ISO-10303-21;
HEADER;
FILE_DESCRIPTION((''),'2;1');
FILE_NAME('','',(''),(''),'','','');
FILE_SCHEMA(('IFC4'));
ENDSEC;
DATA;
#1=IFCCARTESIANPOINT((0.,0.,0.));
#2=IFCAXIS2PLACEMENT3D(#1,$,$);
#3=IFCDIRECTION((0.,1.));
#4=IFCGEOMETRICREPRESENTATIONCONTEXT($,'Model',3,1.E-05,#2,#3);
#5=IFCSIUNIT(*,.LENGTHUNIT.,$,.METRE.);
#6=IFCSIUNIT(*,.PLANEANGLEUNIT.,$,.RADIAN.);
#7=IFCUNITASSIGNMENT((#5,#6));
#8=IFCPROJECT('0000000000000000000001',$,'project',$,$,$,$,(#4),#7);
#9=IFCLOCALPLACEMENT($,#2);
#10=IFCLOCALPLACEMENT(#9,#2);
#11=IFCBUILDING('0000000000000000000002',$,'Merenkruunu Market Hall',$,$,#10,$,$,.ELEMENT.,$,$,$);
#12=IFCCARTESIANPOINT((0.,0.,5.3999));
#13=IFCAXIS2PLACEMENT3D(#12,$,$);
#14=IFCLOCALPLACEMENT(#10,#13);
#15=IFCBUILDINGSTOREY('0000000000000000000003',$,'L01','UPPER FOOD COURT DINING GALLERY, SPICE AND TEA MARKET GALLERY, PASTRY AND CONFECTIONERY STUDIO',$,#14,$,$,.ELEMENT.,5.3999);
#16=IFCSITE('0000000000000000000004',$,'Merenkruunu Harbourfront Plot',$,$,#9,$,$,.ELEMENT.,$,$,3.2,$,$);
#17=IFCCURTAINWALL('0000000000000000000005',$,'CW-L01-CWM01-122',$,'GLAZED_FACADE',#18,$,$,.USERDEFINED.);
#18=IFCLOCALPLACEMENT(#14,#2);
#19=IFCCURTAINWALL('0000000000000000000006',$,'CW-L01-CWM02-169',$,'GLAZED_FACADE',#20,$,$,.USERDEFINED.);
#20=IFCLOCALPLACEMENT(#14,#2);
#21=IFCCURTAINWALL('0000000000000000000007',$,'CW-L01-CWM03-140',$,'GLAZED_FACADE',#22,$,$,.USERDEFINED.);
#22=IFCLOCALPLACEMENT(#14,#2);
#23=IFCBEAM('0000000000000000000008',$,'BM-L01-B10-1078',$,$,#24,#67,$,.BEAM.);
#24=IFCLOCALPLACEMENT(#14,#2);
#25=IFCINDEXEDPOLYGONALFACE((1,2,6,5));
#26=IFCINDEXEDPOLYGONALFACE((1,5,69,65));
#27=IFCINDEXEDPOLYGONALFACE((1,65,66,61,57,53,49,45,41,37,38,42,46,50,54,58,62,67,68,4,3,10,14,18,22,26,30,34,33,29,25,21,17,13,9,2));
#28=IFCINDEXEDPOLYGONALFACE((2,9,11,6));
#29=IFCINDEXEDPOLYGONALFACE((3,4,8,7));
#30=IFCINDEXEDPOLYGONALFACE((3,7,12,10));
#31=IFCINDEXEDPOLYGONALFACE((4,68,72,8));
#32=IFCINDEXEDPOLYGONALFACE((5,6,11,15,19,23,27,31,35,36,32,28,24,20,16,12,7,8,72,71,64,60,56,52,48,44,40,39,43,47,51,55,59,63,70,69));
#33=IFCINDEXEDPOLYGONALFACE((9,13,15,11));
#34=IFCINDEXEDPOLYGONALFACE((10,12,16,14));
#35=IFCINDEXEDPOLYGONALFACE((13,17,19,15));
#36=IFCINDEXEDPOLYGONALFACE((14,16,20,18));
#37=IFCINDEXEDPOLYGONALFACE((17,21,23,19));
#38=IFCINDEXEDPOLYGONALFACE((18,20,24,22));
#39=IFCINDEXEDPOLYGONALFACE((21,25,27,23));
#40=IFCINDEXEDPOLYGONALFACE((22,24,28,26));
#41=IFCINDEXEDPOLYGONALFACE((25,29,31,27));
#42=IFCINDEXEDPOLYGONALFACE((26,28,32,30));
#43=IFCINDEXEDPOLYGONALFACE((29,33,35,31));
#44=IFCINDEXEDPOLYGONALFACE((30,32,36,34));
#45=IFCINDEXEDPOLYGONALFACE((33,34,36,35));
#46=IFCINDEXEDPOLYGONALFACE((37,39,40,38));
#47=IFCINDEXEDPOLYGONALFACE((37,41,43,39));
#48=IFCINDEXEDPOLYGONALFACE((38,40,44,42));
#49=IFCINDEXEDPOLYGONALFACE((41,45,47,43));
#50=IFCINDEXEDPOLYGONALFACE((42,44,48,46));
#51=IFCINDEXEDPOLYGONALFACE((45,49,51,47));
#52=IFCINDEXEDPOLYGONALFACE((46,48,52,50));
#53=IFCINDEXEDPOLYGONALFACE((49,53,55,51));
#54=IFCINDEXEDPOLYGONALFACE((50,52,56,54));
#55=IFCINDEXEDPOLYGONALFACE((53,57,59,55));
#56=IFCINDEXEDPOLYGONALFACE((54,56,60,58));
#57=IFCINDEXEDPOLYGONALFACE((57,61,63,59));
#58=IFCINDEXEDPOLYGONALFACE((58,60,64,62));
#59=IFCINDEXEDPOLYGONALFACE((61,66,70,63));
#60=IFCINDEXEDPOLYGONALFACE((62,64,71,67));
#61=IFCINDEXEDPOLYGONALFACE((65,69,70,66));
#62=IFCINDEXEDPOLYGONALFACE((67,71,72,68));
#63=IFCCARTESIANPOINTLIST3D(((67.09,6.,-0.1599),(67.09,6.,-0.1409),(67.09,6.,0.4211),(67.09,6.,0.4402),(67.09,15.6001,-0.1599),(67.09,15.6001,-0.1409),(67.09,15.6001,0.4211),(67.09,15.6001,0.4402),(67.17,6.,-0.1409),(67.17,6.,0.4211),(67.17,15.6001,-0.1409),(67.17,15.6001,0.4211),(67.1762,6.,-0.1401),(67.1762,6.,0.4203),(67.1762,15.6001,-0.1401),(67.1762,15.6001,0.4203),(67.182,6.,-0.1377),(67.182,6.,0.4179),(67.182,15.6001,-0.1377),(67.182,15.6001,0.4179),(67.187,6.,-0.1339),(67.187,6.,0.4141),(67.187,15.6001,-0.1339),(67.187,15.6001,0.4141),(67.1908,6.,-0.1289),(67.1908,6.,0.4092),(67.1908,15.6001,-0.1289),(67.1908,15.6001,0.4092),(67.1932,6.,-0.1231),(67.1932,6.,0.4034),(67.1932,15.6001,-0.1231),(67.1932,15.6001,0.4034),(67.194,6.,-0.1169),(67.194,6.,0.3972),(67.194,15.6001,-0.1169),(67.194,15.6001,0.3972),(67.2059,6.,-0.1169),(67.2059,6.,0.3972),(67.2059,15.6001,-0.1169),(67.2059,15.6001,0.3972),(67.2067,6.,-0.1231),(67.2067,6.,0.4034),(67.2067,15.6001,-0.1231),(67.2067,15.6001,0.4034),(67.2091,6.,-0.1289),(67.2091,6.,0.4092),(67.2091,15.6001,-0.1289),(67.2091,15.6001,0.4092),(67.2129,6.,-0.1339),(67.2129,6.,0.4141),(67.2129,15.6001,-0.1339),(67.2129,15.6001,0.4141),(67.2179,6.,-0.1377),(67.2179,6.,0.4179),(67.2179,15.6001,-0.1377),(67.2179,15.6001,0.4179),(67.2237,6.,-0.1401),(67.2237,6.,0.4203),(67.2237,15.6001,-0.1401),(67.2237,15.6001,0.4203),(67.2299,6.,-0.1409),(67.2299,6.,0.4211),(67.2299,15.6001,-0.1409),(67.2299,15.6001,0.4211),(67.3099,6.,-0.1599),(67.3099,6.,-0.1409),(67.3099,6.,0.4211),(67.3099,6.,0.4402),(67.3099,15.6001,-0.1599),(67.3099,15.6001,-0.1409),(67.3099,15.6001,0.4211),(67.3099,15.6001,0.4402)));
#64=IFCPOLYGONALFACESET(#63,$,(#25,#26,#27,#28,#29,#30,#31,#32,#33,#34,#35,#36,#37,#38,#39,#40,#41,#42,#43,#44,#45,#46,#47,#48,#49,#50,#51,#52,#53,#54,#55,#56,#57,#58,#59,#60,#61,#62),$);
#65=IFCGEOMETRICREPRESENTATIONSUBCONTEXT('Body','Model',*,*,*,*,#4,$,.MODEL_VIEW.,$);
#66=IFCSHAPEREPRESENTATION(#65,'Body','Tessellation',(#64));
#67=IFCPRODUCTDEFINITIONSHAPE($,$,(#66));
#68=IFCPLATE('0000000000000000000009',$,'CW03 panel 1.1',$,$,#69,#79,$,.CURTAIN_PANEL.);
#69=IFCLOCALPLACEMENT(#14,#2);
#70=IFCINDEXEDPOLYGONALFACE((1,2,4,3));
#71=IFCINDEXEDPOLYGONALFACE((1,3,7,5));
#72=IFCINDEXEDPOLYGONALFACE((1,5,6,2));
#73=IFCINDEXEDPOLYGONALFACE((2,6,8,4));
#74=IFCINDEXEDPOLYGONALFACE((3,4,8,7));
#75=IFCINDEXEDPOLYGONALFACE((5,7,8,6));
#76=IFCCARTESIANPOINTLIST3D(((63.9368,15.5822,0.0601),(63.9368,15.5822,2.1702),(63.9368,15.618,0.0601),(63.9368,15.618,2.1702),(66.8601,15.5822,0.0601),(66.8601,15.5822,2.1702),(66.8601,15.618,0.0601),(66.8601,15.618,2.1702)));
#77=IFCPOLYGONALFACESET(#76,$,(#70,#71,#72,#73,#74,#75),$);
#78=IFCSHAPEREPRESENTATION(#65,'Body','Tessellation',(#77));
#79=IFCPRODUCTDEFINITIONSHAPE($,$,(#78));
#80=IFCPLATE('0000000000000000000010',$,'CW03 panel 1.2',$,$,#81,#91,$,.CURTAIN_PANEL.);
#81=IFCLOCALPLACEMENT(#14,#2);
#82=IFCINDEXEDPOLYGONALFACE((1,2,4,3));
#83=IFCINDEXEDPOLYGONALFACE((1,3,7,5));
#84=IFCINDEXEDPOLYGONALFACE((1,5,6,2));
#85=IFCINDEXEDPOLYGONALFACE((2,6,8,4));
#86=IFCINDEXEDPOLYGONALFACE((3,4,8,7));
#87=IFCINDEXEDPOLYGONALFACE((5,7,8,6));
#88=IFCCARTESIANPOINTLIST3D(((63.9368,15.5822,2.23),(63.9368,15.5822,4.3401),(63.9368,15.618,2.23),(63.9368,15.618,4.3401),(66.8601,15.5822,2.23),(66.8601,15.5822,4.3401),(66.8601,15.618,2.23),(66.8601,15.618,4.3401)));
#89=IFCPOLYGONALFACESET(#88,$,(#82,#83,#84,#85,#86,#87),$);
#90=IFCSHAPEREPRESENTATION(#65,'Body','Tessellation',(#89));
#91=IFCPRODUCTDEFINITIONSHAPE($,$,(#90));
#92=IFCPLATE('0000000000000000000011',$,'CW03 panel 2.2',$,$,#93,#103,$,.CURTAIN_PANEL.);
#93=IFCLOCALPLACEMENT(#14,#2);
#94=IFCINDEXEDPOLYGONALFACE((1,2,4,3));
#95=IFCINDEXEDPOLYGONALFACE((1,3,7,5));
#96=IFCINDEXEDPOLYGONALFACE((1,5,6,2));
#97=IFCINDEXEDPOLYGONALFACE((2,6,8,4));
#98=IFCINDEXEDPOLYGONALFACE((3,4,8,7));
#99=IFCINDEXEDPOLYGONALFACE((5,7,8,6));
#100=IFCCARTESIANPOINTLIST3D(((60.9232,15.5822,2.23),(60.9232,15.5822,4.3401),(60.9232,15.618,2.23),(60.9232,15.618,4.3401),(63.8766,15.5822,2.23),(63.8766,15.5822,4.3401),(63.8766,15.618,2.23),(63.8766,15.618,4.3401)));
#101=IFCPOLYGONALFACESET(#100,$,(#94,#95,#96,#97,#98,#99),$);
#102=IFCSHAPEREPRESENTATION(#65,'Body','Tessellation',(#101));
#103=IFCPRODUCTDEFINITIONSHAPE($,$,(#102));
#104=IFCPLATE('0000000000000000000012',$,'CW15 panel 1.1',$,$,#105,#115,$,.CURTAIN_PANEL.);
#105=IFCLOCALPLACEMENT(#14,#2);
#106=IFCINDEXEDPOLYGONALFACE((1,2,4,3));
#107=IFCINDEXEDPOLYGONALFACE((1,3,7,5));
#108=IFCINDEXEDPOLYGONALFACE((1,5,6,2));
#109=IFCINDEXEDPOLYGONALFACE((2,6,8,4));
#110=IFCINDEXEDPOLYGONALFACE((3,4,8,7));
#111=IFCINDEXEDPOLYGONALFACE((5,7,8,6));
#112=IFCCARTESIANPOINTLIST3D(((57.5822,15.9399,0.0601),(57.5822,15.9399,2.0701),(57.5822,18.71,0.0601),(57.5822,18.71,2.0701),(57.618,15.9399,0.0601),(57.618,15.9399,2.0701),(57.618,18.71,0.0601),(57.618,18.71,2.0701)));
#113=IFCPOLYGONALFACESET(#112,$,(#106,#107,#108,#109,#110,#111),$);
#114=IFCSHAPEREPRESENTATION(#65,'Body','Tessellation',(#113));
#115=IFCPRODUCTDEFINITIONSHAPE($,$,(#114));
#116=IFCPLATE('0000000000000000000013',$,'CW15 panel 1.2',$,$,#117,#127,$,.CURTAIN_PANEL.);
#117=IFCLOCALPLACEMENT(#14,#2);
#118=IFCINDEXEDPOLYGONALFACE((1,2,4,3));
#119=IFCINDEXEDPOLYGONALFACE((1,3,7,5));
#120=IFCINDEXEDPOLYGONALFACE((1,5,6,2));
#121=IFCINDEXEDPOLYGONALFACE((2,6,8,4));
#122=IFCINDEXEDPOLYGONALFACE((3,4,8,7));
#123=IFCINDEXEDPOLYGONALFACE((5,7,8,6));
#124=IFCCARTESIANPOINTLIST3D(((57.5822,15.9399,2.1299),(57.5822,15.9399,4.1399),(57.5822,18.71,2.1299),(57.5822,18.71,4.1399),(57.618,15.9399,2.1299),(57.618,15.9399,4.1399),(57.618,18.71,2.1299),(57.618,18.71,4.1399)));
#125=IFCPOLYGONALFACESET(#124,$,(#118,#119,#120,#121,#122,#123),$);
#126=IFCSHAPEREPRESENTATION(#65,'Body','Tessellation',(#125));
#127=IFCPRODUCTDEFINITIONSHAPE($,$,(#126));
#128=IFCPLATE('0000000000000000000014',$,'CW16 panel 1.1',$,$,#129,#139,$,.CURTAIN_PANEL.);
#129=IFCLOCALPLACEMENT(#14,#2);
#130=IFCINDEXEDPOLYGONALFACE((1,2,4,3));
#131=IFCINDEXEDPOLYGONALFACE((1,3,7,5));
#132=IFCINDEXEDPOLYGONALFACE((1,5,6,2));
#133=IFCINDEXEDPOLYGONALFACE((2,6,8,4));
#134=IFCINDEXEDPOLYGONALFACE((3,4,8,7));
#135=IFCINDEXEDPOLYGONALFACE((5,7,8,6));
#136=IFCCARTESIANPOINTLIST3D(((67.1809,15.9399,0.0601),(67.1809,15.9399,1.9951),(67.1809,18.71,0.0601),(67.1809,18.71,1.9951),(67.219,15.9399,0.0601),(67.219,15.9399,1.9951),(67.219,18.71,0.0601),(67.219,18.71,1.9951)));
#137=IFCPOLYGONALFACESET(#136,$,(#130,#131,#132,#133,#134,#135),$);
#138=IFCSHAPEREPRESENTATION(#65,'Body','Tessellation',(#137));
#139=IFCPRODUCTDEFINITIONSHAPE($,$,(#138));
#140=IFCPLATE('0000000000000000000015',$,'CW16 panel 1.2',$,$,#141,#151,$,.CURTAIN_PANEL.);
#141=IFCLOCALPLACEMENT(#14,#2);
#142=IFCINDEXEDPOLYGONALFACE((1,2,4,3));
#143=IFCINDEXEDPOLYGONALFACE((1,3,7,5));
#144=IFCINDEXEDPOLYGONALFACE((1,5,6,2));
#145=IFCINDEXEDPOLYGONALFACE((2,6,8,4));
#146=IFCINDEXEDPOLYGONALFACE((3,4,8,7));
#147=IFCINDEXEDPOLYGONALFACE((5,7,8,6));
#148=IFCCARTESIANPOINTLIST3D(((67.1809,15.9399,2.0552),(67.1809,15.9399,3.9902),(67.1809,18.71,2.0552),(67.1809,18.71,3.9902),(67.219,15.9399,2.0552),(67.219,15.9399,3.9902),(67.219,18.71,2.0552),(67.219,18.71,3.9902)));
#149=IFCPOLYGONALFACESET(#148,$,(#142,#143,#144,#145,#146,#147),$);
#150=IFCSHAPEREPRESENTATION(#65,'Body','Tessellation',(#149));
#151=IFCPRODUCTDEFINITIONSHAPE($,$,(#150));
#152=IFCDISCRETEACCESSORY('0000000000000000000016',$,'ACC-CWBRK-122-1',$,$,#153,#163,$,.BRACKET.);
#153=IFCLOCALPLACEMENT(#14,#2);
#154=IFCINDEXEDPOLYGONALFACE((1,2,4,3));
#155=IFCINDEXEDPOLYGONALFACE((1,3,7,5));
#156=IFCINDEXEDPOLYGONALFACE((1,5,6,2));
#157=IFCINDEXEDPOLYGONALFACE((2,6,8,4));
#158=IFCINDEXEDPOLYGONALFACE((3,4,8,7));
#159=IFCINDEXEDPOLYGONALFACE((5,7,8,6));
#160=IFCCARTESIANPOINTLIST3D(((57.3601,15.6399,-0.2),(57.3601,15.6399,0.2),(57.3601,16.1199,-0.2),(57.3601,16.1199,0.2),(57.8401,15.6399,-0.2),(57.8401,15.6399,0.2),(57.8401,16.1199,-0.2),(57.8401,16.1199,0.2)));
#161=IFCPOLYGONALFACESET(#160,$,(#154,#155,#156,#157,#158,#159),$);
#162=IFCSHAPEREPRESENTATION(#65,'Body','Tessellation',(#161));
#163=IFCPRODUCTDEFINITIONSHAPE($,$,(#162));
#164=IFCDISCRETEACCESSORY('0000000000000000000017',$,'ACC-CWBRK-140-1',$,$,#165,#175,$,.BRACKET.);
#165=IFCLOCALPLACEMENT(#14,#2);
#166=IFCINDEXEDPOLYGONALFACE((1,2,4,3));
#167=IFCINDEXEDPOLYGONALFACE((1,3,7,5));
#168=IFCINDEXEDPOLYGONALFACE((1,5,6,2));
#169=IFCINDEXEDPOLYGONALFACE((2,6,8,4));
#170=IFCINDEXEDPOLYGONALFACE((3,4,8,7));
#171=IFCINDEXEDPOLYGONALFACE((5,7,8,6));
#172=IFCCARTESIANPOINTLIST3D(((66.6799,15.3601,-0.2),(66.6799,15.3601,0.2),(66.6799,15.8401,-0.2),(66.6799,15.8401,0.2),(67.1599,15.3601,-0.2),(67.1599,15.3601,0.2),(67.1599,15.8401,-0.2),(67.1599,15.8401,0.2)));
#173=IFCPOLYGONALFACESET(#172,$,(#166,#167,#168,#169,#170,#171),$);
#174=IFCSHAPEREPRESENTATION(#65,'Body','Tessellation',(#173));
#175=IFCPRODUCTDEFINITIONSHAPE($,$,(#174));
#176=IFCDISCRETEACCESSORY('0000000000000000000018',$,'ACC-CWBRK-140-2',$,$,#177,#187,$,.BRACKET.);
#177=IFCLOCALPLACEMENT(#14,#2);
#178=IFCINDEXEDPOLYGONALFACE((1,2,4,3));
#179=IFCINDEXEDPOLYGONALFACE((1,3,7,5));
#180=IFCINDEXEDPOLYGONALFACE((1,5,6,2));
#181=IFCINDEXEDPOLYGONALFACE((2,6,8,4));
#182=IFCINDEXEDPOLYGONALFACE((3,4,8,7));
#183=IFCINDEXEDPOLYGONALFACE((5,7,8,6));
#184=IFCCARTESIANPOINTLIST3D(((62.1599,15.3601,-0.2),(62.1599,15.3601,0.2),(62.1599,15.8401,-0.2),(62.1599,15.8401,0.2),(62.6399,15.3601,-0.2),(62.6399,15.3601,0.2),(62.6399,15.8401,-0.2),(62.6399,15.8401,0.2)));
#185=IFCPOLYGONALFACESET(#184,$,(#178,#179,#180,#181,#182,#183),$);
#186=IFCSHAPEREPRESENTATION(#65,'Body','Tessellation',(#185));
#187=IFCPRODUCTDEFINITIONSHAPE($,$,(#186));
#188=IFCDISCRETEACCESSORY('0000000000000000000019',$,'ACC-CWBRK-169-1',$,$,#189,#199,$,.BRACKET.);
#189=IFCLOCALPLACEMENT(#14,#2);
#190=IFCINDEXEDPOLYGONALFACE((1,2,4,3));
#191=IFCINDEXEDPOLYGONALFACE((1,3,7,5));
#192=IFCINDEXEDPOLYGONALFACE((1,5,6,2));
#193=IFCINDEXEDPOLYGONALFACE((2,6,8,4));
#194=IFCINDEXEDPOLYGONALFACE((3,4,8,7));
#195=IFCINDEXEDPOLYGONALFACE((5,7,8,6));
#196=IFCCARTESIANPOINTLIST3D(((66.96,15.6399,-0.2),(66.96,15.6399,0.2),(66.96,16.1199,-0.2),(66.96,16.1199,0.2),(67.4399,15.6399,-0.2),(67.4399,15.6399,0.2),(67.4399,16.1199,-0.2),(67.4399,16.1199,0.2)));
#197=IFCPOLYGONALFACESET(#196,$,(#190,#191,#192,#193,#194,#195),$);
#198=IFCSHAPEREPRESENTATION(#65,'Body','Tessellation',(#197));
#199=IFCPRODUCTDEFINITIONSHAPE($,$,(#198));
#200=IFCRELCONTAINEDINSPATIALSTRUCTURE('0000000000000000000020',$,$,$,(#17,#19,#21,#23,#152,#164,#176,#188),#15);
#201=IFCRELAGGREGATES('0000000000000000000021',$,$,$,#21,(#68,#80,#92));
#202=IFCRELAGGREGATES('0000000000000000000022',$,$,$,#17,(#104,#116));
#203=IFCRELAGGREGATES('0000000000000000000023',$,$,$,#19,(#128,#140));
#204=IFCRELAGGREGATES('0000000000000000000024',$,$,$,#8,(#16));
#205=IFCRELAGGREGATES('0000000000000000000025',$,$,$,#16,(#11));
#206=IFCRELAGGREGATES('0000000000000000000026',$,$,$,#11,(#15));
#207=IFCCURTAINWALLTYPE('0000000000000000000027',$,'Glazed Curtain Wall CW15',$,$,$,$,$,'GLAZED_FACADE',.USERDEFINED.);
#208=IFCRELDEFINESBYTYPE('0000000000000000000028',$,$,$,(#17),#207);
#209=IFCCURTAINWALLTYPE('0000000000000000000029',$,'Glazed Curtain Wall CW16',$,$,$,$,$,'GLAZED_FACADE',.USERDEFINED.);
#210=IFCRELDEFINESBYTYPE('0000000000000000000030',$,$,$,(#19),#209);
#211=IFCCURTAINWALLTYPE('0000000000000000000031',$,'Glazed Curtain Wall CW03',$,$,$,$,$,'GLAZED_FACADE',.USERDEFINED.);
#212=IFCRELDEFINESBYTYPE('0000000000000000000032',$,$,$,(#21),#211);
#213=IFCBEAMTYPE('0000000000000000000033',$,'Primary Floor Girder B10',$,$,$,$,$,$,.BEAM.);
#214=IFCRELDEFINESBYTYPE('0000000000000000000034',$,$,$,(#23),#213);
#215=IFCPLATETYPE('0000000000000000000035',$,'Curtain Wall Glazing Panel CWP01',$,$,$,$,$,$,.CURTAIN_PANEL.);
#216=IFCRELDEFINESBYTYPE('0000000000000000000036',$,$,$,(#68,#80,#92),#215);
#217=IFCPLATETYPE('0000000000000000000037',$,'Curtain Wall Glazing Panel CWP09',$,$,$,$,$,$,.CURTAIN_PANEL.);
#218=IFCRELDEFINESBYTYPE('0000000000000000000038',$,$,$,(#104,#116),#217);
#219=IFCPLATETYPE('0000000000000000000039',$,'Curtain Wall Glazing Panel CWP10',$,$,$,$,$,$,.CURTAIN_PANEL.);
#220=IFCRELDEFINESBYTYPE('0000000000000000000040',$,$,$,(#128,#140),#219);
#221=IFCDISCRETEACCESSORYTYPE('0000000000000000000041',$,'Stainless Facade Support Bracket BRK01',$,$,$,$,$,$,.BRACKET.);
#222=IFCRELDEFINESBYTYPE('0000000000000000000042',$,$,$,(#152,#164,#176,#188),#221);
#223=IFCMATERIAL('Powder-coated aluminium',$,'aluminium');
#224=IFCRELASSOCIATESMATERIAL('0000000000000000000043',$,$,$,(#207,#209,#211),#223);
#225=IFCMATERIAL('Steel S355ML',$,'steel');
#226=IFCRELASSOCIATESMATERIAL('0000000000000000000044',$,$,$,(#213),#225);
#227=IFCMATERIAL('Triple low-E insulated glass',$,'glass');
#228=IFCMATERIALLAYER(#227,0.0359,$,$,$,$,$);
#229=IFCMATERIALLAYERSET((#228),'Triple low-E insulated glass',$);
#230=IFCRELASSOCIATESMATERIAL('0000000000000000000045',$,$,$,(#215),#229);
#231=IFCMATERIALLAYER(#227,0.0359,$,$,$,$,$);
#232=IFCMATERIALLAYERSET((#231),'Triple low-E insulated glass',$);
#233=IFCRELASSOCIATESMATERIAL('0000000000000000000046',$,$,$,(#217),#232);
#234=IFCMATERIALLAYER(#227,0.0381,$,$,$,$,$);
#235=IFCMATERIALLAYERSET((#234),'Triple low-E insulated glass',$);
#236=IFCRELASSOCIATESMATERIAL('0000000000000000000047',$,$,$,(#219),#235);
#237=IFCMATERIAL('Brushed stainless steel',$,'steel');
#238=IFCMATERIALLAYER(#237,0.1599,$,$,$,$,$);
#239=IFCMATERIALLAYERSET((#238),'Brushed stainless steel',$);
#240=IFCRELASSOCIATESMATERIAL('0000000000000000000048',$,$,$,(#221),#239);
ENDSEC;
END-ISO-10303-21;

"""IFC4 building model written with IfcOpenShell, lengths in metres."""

from ifc_helpers import new_model, si_unit, direction, frame, origin, origin_2d, place, context, subcontext, project, spatial, rectangle, i_section, extrude, material, layer, layer_set, material_profile, profile_set, type_object, element, aggregate, save


model = new_model("IFC4")

# Units and contexts
model_context = context("Model", 3, precision=1e-05, world=origin(), true_north=direction((0.0, 1.0)))
body_context = subcontext(model_context, "Body", "Model", "MODEL_VIEW")
ifc_project = project(units=[si_unit("LENGTHUNIT", "METRE"), si_unit("PLANEANGLEUNIT", "RADIAN")], contexts=[model_context])

# Site, building, storey
site_placement = place(None, origin())
site = spatial("IfcSite", under=ifc_project, at=site_placement, Name="Merenkruunu Harbourfront Plot", CompositionType="ELEMENT", RefElevation=3.2)
building_placement = place(site_placement, origin())
building = spatial("IfcBuilding", under=site, at=building_placement, Name="Merenkruunu Market Hall", CompositionType="ELEMENT")
storey_placement = place(building_placement, frame((0.0, 0.0, 5.3999)))
storey = spatial("IfcBuildingStorey", under=building, at=storey_placement, Name="L01", Description="UPPER FOOD COURT DINING GALLERY, SPICE AND TEA MARKET GALLERY, PASTRY AND CONFECTIONERY STUDIO", CompositionType="ELEMENT", Elevation=5.3999)

# Shared definitions
ifc_material_1 = material(Name="Steel S355ML", Category="steel")

# Curtain walls
ifc_material_2 = material(Name="Powder-coated aluminium", Category="aluminium")
curtain_wall_type_1 = type_object("IfcCurtainWallType", Name="Glazed Curtain Wall CW15", ElementType="GLAZED_FACADE", PredefinedType="USERDEFINED", material=ifc_material_2)
curtain_wall_1_placement = place(storey_placement, origin())
curtain_wall_1 = element("IfcCurtainWall", 1, at=curtain_wall_1_placement, inside=storey, type_object=curtain_wall_type_1, Name="CW-L01-CWM01-122", ObjectType="GLAZED_FACADE", PredefinedType="USERDEFINED")
curtain_wall_type_2 = type_object("IfcCurtainWallType", Name="Glazed Curtain Wall CW16", ElementType="GLAZED_FACADE", PredefinedType="USERDEFINED", material=ifc_material_2)
curtain_wall_2_placement = place(storey_placement, origin())
curtain_wall_2 = element("IfcCurtainWall", 2, at=curtain_wall_2_placement, inside=storey, type_object=curtain_wall_type_2, Name="CW-L01-CWM02-169", ObjectType="GLAZED_FACADE", PredefinedType="USERDEFINED")
curtain_wall_type_3 = type_object("IfcCurtainWallType", Name="Glazed Curtain Wall CW03", ElementType="GLAZED_FACADE", PredefinedType="USERDEFINED", material=ifc_material_2)
curtain_wall_3_placement = place(storey_placement, origin())
curtain_wall_3 = element("IfcCurtainWall", 3, at=curtain_wall_3_placement, inside=storey, type_object=curtain_wall_type_3, Name="CW-L01-CWM03-140", ObjectType="GLAZED_FACADE", PredefinedType="USERDEFINED")

# Beam
ifc_material_profile_1 = material_profile(ifc_material_1, i_section(OverallWidth=0.22, OverallDepth=0.6001, WebThickness=0.012, FlangeThickness=0.019, FilletRadius=0.0239, at=origin_2d()), Name="IPE 600")
ifc_profile_set_1 = profile_set([ifc_material_profile_1], Name="Steel S355ML")
beam_type_1 = type_object("IfcBeamType", Name="Primary Floor Girder B10", PredefinedType="BEAM", material=ifc_profile_set_1)
beam_1_placement = place(storey_placement, frame((67.2, 15.6001, 0.1401), z_axis=(0.0, -1.0, 0.0), x_axis=(1.0, 0.0, 0.0)))
element("IfcBeam", 4, at=beam_1_placement, inside=storey, type_object=beam_type_1, Name="BM-L01-B10-1078", PredefinedType="BEAM", context=body_context, shape_type="SweptSolid", body=[
    extrude(i_section(OverallWidth=0.22, OverallDepth=0.6001, WebThickness=0.012, FlangeThickness=0.019, FilletRadius=0.0239, at=origin_2d()), origin(), (0.0, 0.0, 1.0), 9.6001),
])

# Plates
ifc_material_3 = material(Name="Triple low-E insulated glass", Category="glass")
ifc_layer_1 = layer(ifc_material_3, 0.0359)
ifc_layer_set_1 = layer_set([ifc_layer_1], Name="Triple low-E insulated glass")
plate_type_1 = type_object("IfcPlateType", Name="Curtain Wall Glazing Panel CWP01", PredefinedType="CURTAIN_PANEL", material=ifc_layer_set_1)
plate_1_placement = place(storey_placement, frame((65.3984, 15.6001, 0.0601), z_axis=(0.0, 0.0, 1.0), x_axis=(-1.0, 0.0, 0.0)))
plate_1 = element("IfcPlate", 5, at=plate_1_placement, type_object=plate_type_1, Name="CW03 panel 1.1", PredefinedType="CURTAIN_PANEL", context=body_context, shape_type="SweptSolid", body=[
    extrude(rectangle(XDim=2.9233, YDim=0.0359, at=origin_2d()), origin(), (0.0, 0.0, 1.0), 2.1101),
])
plate_2_placement = place(storey_placement, frame((65.3984, 15.6001, 2.23), z_axis=(0.0, 0.0, 1.0), x_axis=(-1.0, 0.0, 0.0)))
plate_2 = element("IfcPlate", 6, at=plate_2_placement, type_object=plate_type_1, Name="CW03 panel 1.2", PredefinedType="CURTAIN_PANEL", context=body_context, shape_type="SweptSolid", body=[
    extrude(rectangle(XDim=2.9233, YDim=0.0359, at=origin_2d()), origin(), (0.0, 0.0, 1.0), 2.1101),
])
plate_3_placement = place(storey_placement, frame((62.3999, 15.6001, 2.23), z_axis=(0.0, 0.0, 1.0), x_axis=(-1.0, 0.0, 0.0)))
plate_3 = element("IfcPlate", 7, at=plate_3_placement, type_object=plate_type_1, Name="CW03 panel 2.2", PredefinedType="CURTAIN_PANEL", context=body_context, shape_type="SweptSolid", body=[
    extrude(rectangle(XDim=2.9534, YDim=0.0359, at=origin_2d()), origin(), (0.0, 0.0, 1.0), 2.1101),
])
aggregate(curtain_wall_3, [plate_1, plate_2, plate_3])
ifc_layer_2 = layer(ifc_material_3, 0.0359)
ifc_layer_set_2 = layer_set([ifc_layer_2], Name="Triple low-E insulated glass")
plate_type_2 = type_object("IfcPlateType", Name="Curtain Wall Glazing Panel CWP09", PredefinedType="CURTAIN_PANEL", material=ifc_layer_set_2)
plate_4_placement = place(storey_placement, frame((57.6001, 17.325, 0.0601), z_axis=(0.0, 0.0, 1.0), x_axis=(0.0, 1.0, 0.0)))
plate_4 = element("IfcPlate", 8, at=plate_4_placement, type_object=plate_type_2, Name="CW15 panel 1.1", PredefinedType="CURTAIN_PANEL", context=body_context, shape_type="SweptSolid", body=[
    extrude(rectangle(XDim=2.77, YDim=0.0359, at=origin_2d()), origin(), (0.0, 0.0, 1.0), 2.01),
])
plate_5_placement = place(storey_placement, frame((57.6001, 17.325, 2.1299), z_axis=(0.0, 0.0, 1.0), x_axis=(0.0, 1.0, 0.0)))
plate_5 = element("IfcPlate", 9, at=plate_5_placement, type_object=plate_type_2, Name="CW15 panel 1.2", PredefinedType="CURTAIN_PANEL", context=body_context, shape_type="SweptSolid", body=[
    extrude(rectangle(XDim=2.77, YDim=0.0359, at=origin_2d()), origin(), (0.0, 0.0, 1.0), 2.01),
])
aggregate(curtain_wall_1, [plate_4, plate_5])
ifc_layer_3 = layer(ifc_material_3, 0.0381)
ifc_layer_set_3 = layer_set([ifc_layer_3], Name="Triple low-E insulated glass")
plate_type_3 = type_object("IfcPlateType", Name="Curtain Wall Glazing Panel CWP10", PredefinedType="CURTAIN_PANEL", material=ifc_layer_set_3)
plate_6_placement = place(storey_placement, frame((67.2, 17.325, 0.0601), z_axis=(0.0, 0.0, 1.0), x_axis=(0.0, 1.0, 0.0)))
plate_6 = element("IfcPlate", 10, at=plate_6_placement, type_object=plate_type_3, Name="CW16 panel 1.1", PredefinedType="CURTAIN_PANEL", context=body_context, shape_type="SweptSolid", body=[
    extrude(rectangle(XDim=2.77, YDim=0.0381, at=origin_2d()), origin(), (0.0, 0.0, 1.0), 1.9351),
])
plate_7_placement = place(storey_placement, frame((67.2, 17.325, 2.0552), z_axis=(0.0, 0.0, 1.0), x_axis=(0.0, 1.0, 0.0)))
plate_7 = element("IfcPlate", 11, at=plate_7_placement, type_object=plate_type_3, Name="CW16 panel 1.2", PredefinedType="CURTAIN_PANEL", context=body_context, shape_type="SweptSolid", body=[
    extrude(rectangle(XDim=2.77, YDim=0.0381, at=origin_2d()), origin(), (0.0, 0.0, 1.0), 1.9351),
])
aggregate(curtain_wall_2, [plate_6, plate_7])

# Discrete accessories
ifc_material_4 = material(Name="Brushed stainless steel", Category="steel")
ifc_layer_4 = layer(ifc_material_4, 0.1599)
ifc_layer_set_4 = layer_set([ifc_layer_4], Name="Brushed stainless steel")
discrete_accessory_type = type_object("IfcDiscreteAccessoryType", Name="Stainless Facade Support Bracket BRK01", PredefinedType="BRACKET", material=ifc_layer_set_4)
for number, where, z_axis, x_axis, name in (
    (12, (57.6001, 15.8799, -0.2), (0.0, 0.0, 1.0), (1.0, 0.0, 0.0), "ACC-CWBRK-122-1"),
    (13, (66.9199, 15.6001, -0.2), (0.0, 0.0, 1.0), (1.0, 0.0, 0.0), "ACC-CWBRK-140-1"),
    (14, (62.3999, 15.6001, -0.2), (0.0, 0.0, 1.0), (1.0, 0.0, 0.0), "ACC-CWBRK-140-2"),
    (15, (67.2, 15.8799, -0.2), (0.0, 0.0, 1.0), (1.0, 0.0, 0.0), "ACC-CWBRK-169-1"),
):
    element("IfcDiscreteAccessory", number, at=place(storey_placement, frame(where, z_axis=z_axis, x_axis=x_axis)), inside=storey, type_object=discrete_accessory_type, Name=name, PredefinedType="BRACKET", context=body_context, shape_type="SweptSolid", body=[
        extrude(rectangle(XDim=0.48, YDim=0.48, at=origin_2d()), origin(), (0.0, 0.0, 1.0), 0.3999),
    ])

save(model, "model.ifc")
